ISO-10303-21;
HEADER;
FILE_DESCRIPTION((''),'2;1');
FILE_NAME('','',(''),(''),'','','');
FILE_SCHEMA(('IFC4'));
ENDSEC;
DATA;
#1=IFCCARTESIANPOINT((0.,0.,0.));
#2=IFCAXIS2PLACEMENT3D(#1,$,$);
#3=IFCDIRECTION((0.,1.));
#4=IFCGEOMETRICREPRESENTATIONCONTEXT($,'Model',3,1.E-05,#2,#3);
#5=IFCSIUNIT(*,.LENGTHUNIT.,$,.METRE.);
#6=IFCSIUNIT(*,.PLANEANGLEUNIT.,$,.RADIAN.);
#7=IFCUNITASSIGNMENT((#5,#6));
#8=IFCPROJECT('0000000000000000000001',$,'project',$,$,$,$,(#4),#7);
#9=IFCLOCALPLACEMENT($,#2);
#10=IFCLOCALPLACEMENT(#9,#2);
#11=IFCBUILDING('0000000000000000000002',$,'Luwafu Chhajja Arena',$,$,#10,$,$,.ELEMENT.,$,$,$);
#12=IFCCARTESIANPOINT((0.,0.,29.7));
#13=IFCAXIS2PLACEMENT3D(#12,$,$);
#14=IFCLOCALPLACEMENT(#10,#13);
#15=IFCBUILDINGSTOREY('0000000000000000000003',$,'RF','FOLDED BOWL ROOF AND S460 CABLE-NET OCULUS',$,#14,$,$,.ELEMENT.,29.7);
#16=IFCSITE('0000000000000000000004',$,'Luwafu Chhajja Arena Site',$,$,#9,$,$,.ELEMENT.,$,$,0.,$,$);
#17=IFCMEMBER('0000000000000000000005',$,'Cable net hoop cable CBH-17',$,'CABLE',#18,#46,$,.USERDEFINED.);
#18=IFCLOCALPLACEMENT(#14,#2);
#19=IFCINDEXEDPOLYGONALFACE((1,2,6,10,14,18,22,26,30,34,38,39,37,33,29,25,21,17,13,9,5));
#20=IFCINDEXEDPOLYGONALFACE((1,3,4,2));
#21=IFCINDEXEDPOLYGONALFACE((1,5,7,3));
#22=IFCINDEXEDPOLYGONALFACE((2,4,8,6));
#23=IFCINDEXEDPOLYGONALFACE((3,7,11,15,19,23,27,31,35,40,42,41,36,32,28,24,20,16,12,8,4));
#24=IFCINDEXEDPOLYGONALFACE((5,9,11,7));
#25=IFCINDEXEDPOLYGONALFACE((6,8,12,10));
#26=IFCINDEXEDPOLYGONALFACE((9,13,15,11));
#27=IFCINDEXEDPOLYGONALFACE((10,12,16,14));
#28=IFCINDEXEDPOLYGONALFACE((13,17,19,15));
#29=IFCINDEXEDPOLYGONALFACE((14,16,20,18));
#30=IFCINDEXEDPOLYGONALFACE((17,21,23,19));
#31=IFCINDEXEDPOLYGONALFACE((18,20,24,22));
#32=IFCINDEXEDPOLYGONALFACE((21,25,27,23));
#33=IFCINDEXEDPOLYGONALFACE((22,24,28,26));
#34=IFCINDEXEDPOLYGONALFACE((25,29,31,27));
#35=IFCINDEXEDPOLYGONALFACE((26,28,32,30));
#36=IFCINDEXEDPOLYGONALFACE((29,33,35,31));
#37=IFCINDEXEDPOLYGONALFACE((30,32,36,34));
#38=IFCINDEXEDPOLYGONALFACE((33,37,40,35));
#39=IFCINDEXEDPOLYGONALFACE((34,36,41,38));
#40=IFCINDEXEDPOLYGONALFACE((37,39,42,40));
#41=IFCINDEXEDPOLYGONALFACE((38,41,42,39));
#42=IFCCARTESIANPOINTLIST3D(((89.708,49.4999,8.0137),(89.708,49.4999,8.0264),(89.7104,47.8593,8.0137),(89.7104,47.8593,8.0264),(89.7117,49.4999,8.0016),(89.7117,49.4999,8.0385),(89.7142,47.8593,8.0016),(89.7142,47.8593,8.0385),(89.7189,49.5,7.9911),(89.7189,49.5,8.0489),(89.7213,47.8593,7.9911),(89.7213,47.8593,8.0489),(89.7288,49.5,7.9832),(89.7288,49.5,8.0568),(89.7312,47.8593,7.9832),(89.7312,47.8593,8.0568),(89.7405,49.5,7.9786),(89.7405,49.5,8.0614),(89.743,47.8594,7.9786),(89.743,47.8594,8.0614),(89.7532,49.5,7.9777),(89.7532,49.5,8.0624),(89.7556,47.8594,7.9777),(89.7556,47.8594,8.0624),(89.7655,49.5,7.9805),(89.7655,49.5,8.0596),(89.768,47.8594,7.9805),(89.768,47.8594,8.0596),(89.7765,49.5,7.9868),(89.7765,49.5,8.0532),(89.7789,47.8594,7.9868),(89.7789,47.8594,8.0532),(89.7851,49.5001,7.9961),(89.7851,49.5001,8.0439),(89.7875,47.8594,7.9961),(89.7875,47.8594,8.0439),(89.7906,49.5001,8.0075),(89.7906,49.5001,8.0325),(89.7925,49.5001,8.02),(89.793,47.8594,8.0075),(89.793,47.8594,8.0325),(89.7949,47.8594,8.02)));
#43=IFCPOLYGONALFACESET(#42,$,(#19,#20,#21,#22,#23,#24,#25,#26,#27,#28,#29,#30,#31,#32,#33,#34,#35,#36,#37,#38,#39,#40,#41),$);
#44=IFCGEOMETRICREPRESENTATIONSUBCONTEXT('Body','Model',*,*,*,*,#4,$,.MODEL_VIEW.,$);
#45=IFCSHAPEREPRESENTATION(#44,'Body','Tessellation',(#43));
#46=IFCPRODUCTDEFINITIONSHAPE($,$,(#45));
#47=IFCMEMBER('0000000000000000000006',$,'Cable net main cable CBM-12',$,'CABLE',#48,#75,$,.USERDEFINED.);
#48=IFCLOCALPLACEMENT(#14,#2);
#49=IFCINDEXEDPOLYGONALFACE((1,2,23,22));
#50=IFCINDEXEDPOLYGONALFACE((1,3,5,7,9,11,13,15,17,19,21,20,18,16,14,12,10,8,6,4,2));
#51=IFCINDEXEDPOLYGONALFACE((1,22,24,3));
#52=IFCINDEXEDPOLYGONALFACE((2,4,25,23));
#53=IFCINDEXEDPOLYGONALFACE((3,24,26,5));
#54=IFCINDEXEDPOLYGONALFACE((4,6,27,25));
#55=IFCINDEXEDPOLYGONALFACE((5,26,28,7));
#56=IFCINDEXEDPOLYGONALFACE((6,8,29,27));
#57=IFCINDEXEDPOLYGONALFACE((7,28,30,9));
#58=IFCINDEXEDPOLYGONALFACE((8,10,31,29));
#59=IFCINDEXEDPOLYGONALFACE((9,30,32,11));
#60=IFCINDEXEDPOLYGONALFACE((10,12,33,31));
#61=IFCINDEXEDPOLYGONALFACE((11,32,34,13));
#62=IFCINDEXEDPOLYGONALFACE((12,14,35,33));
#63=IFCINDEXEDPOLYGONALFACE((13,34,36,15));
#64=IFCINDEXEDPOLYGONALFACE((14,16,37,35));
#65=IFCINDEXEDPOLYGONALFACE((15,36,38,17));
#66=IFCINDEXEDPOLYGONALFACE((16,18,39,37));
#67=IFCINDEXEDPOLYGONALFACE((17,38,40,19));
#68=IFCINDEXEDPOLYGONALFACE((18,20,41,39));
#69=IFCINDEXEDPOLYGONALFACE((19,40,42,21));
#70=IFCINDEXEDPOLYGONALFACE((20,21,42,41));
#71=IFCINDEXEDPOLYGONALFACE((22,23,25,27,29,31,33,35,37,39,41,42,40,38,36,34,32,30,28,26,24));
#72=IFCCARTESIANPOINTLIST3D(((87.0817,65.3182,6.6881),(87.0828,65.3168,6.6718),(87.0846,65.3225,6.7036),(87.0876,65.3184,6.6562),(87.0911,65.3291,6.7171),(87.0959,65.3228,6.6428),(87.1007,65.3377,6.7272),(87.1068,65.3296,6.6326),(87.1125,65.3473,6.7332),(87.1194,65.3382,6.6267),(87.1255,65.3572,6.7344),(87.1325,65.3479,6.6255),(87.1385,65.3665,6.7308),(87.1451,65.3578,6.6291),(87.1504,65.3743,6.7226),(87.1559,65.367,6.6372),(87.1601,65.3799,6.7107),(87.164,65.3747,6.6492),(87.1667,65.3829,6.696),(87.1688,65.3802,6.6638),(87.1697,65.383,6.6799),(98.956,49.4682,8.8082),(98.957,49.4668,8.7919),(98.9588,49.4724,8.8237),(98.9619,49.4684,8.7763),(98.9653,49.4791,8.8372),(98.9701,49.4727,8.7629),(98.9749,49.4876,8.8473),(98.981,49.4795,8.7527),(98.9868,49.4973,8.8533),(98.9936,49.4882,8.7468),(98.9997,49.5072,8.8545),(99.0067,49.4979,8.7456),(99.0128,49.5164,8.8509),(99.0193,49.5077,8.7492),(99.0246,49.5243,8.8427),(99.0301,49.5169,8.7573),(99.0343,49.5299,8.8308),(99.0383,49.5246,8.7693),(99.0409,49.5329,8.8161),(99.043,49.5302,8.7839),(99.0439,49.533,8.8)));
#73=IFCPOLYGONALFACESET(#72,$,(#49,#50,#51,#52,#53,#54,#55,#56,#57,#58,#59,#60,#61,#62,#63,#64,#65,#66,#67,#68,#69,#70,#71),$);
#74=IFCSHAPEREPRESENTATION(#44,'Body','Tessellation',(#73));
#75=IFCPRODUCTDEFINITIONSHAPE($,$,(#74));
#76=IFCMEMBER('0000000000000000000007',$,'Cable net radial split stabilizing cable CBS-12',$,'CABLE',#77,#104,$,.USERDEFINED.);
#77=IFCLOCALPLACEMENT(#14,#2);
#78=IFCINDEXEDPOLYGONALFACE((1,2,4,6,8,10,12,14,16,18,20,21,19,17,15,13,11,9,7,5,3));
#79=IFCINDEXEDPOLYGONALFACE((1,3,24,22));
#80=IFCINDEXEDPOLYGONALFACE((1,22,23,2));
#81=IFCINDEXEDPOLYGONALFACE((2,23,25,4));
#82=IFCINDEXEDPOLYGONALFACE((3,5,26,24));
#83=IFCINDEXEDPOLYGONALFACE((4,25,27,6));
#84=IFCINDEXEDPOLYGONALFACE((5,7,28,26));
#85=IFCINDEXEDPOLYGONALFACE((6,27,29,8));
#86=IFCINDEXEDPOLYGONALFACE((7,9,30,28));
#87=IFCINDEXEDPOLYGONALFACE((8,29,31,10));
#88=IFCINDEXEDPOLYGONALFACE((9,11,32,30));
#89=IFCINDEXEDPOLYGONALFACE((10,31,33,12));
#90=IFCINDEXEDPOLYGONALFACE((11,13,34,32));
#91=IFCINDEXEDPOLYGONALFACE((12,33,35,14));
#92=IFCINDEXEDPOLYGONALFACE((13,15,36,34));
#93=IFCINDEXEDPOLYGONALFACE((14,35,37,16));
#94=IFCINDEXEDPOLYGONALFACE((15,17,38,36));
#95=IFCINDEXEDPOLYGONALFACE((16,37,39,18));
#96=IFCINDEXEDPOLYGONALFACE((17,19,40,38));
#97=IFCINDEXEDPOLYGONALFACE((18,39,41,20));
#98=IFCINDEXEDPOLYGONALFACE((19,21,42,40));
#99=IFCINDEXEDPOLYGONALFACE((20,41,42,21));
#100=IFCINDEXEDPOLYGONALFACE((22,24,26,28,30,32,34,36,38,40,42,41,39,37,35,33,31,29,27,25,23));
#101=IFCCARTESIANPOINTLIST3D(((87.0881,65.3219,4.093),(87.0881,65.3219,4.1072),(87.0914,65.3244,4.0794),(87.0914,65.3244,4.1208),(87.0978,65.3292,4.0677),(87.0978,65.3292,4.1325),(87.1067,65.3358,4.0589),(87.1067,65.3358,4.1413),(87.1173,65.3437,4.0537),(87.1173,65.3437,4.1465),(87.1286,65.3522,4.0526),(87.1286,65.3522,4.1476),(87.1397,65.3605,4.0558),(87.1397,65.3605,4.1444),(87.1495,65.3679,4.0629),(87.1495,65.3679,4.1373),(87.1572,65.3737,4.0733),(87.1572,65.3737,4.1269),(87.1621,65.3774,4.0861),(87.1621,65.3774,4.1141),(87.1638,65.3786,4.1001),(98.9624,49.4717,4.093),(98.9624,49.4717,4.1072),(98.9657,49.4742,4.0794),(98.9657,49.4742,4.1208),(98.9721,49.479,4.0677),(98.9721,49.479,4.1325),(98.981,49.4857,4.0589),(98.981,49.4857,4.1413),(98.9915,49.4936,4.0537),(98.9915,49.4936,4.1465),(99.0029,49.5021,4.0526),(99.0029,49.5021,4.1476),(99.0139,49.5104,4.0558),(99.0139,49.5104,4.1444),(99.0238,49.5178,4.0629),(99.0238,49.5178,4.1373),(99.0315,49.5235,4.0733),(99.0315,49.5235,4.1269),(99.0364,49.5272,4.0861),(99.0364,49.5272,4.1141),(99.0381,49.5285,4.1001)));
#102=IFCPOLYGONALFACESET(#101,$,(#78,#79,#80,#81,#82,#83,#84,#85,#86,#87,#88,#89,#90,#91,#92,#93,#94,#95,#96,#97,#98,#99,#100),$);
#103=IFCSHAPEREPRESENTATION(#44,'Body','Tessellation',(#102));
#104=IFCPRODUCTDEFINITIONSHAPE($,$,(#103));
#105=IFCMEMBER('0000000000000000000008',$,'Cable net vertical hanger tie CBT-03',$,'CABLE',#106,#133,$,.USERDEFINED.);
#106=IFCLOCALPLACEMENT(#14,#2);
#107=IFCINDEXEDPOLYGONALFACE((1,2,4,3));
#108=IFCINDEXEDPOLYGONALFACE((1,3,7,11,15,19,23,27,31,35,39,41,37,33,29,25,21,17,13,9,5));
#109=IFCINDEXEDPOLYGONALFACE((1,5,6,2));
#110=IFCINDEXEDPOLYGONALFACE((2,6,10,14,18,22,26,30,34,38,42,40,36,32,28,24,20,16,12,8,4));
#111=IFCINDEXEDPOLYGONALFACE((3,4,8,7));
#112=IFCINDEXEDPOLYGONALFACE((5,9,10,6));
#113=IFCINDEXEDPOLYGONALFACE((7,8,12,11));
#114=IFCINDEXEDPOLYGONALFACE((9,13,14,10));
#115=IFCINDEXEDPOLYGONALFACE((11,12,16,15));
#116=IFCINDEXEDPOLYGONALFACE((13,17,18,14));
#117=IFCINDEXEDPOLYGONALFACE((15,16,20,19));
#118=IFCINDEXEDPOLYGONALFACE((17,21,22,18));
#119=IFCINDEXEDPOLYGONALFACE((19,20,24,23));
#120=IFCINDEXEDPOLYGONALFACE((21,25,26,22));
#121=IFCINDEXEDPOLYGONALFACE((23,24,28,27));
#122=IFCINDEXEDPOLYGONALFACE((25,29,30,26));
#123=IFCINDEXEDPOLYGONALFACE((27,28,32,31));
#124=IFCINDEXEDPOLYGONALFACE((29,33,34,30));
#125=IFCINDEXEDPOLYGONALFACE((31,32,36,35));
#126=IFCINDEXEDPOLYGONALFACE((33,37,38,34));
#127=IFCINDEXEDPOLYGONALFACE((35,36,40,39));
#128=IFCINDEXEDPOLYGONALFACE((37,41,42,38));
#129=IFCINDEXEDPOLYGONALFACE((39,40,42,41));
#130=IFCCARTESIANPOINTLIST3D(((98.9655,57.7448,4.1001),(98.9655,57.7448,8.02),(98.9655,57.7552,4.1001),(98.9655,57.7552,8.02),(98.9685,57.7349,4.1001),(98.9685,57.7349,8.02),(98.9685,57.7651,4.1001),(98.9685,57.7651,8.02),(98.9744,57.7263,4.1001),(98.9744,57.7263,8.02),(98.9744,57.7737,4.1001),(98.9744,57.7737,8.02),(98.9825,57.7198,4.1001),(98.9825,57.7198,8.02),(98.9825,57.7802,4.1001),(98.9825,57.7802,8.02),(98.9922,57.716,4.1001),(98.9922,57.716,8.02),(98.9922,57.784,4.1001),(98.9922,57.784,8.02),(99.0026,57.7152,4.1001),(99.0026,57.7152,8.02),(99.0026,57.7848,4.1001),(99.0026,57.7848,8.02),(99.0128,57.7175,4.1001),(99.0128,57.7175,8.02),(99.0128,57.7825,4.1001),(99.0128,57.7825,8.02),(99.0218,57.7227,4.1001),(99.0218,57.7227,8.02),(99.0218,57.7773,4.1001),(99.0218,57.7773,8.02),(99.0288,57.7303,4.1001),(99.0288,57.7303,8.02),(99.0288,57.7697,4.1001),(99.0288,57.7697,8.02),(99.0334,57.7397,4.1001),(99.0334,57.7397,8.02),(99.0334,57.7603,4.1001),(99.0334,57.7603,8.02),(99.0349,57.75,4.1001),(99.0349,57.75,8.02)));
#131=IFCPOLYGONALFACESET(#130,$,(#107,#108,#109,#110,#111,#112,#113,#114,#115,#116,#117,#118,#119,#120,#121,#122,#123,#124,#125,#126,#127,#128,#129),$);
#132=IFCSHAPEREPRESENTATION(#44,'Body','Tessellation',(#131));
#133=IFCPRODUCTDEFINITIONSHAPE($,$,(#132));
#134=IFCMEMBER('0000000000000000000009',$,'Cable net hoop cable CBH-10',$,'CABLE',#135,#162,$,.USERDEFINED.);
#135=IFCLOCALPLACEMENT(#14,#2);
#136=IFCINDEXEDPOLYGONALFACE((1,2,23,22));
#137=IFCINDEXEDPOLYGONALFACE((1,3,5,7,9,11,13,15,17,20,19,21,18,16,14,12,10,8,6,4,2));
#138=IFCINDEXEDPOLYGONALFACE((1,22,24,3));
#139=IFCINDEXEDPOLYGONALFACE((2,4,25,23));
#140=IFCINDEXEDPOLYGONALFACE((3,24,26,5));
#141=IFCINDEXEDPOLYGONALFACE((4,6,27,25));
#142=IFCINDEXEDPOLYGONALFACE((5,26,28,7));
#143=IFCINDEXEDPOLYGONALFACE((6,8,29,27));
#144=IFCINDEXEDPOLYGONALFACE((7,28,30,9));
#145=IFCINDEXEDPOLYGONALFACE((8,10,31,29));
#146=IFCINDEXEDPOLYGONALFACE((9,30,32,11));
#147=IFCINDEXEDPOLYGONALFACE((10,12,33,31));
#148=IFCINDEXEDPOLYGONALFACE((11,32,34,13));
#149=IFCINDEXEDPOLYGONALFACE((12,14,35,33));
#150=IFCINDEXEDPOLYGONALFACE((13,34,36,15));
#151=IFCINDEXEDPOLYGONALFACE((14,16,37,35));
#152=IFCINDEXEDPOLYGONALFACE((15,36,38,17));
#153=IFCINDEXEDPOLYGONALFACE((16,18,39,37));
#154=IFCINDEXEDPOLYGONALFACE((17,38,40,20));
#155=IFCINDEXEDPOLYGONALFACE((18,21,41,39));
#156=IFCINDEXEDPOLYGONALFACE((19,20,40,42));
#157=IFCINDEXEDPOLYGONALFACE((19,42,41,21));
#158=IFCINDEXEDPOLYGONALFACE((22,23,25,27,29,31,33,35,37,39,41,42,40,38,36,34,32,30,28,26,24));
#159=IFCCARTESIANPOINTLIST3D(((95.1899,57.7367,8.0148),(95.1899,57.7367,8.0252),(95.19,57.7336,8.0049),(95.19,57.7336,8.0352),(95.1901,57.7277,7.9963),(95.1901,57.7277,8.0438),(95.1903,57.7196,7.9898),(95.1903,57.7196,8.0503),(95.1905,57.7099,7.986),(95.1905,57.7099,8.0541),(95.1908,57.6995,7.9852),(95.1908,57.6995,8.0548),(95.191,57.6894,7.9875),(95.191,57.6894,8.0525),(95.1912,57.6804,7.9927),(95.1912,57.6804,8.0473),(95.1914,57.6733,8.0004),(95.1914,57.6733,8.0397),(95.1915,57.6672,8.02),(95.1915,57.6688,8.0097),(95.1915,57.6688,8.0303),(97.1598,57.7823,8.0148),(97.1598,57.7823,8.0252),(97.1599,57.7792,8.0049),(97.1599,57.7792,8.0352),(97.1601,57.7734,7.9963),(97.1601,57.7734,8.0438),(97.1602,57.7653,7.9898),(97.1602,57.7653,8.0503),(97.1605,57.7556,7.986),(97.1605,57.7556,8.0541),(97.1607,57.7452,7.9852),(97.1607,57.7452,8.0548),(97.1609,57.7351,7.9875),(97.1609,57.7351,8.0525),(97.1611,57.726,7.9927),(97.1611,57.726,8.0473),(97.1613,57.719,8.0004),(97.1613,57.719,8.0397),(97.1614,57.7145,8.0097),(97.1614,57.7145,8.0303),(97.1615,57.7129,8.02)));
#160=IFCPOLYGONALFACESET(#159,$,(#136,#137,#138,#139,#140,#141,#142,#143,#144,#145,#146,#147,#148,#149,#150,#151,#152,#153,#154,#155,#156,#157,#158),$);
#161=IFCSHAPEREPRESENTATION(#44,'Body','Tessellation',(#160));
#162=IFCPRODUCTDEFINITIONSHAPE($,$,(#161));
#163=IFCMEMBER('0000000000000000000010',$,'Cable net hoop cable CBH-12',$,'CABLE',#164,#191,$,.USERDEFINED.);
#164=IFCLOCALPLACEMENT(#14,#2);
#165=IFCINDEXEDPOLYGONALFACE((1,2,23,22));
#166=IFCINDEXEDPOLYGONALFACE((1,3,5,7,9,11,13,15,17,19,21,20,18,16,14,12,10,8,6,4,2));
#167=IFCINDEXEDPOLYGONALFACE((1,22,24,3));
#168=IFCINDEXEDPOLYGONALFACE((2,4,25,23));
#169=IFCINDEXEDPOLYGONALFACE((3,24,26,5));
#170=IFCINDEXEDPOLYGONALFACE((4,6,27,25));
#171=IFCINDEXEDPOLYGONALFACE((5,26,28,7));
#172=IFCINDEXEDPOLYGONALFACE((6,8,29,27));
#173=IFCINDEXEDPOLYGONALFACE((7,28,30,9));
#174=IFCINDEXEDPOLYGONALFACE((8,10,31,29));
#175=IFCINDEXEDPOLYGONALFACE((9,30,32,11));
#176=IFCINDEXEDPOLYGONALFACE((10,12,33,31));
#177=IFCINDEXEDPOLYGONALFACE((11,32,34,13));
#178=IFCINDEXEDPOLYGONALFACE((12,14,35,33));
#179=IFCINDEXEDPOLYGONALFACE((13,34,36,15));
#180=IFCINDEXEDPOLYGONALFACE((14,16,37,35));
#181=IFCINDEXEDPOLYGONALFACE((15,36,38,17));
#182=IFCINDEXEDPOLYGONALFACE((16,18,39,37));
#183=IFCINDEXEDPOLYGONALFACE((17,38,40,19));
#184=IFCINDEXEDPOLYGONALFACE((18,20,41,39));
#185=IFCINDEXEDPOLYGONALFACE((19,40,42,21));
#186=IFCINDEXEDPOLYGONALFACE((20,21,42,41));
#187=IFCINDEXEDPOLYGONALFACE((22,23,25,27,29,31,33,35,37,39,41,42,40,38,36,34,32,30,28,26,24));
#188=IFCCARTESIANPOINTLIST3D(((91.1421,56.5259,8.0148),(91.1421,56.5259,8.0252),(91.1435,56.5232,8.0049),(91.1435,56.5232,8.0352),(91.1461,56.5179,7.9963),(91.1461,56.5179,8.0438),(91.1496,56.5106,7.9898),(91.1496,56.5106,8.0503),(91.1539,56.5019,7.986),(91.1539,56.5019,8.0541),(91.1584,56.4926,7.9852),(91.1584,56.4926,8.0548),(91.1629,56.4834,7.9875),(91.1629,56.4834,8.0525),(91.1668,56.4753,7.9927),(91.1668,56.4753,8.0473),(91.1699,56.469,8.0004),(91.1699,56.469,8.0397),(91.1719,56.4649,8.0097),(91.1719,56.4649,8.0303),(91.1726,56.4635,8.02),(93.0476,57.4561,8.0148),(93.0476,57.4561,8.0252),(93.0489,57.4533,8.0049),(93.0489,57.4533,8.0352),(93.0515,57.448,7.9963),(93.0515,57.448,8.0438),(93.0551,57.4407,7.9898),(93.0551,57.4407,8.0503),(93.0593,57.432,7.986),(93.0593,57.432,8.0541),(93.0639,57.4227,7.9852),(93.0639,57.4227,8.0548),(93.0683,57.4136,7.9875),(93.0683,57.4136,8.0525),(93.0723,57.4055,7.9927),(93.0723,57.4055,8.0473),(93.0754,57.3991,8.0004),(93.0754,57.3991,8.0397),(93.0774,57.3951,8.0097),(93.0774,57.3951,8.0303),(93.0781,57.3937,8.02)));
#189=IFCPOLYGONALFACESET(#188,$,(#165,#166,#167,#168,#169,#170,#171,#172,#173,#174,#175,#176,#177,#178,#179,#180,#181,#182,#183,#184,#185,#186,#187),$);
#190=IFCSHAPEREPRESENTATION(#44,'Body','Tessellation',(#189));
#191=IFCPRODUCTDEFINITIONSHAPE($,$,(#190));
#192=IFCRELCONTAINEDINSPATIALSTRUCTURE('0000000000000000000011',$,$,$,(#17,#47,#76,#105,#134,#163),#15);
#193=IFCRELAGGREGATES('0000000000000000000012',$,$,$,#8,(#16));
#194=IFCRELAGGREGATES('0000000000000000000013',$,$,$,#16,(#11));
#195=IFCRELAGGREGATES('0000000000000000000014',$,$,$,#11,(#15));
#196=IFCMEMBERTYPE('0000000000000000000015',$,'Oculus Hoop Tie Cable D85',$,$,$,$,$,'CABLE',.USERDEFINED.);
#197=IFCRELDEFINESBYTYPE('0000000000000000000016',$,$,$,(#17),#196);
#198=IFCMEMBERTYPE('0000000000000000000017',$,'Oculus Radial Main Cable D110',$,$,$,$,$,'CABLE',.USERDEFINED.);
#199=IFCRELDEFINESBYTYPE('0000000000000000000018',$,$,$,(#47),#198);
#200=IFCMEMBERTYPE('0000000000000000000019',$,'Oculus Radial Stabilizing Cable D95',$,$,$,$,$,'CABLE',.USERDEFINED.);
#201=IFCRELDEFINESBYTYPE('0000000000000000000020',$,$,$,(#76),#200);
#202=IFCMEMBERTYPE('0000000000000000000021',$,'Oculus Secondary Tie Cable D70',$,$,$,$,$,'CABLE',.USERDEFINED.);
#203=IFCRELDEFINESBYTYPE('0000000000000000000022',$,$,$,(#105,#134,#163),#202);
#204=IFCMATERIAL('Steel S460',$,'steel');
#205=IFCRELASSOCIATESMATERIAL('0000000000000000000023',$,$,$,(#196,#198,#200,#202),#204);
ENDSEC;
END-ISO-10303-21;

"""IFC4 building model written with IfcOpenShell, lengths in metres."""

from ifc_helpers import new_model, si_unit, direction, frame, origin, origin_2d, place, context, subcontext, project, spatial, circle, extrude, material, material_profile, profile_set, type_object, element, save


model = new_model("IFC4")

# Units and contexts
model_context = context("Model", 3, precision=1e-05, world=origin(), true_north=direction((0.0, 1.0)))
body_context = subcontext(model_context, "Body", "Model", "MODEL_VIEW")
ifc_project = project(units=[si_unit("LENGTHUNIT", "METRE"), si_unit("PLANEANGLEUNIT", "RADIAN")], contexts=[model_context])

# Site, building, storey
site_placement = place(None, origin())
site = spatial("IfcSite", under=ifc_project, at=site_placement, Name="Luwafu Chhajja Arena Site", CompositionType="ELEMENT", RefElevation=0.0)
building_placement = place(site_placement, origin())
building = spatial("IfcBuilding", under=site, at=building_placement, Name="Luwafu Chhajja Arena", CompositionType="ELEMENT")
storey_placement = place(building_placement, frame((0.0, 0.0, 29.7)))
storey = spatial("IfcBuildingStorey", under=building, at=storey_placement, Name="RF", Description="FOLDED BOWL ROOF AND S460 CABLE-NET OCULUS", CompositionType="ELEMENT", Elevation=29.7)

# Members
ifc_material_1 = material(Name="Steel S460", Category="steel")
ifc_material_profile_1 = material_profile(ifc_material_1, circle(Radius=0.0425, at=origin_2d()), Name="CABLE D85")
ifc_profile_set_1 = profile_set([ifc_material_profile_1], Name="Steel S460")
member_type_1 = type_object("IfcMemberType", Name="Oculus Hoop Tie Cable D85", ElementType="CABLE", PredefinedType="USERDEFINED", material=ifc_profile_set_1)
member_1_placement = place(storey_placement, frame((89.75, 49.5, 8.02), z_axis=(0.001488, -0.999999, 0.0), x_axis=(0.999999, 0.001488, 0.0)))
element("IfcMember", 1, at=member_1_placement, inside=storey, type_object=member_type_1, Name="Cable net hoop cable CBH-17", ObjectType="CABLE", PredefinedType="USERDEFINED", context=body_context, shape_type="SweptSolid", body=[
    extrude(circle(Radius=0.0425, at=origin_2d()), origin(), (0.0, 0.0, 1.0), 1.6406),
])
ifc_material_profile_2 = material_profile(ifc_material_1, circle(Radius=0.0549, at=origin_2d()), Name="CABLE D110")
ifc_profile_set_2 = profile_set([ifc_material_profile_2], Name="Steel S460")
member_type_2 = type_object("IfcMemberType", Name="Oculus Radial Main Cable D110", ElementType="CABLE", PredefinedType="USERDEFINED", material=ifc_profile_set_2)
member_2_placement = place(storey_placement, frame((87.1257, 65.3501, 6.6799), z_axis=(0.596164, -0.795776, 0.106443), x_axis=(0.800322, 0.59957, 0.0)))
element("IfcMember", 2, at=member_2_placement, inside=storey, type_object=member_type_2, Name="Cable net main cable CBM-12", ObjectType="CABLE", PredefinedType="USERDEFINED", context=body_context, shape_type="SweptSolid", body=[
    extrude(circle(Radius=0.0549, at=origin_2d()), origin(), (0.0, 0.0, 1.0), 19.9177),
])
ifc_material_profile_3 = material_profile(ifc_material_1, circle(Radius=0.0476, at=origin_2d()), Name="CABLE D95")
ifc_profile_set_3 = profile_set([ifc_material_profile_3], Name="Steel S460")
member_type_3 = type_object("IfcMemberType", Name="Oculus Radial Stabilizing Cable D95", ElementType="CABLE", PredefinedType="USERDEFINED", material=ifc_profile_set_3)
member_3_placement = place(storey_placement, frame((87.1257, 65.3501, 4.1001), z_axis=(0.59957, -0.800322, 0.0), x_axis=(0.800322, 0.59957, 0.0)))
element("IfcMember", 3, at=member_3_placement, inside=storey, type_object=member_type_3, Name="Cable net radial split stabilizing cable CBS-12", ObjectType="CABLE", PredefinedType="USERDEFINED", context=body_context, shape_type="SweptSolid", body=[
    extrude(circle(Radius=0.0476, at=origin_2d()), origin(), (0.0, 0.0, 1.0), 19.8047),
])
ifc_material_profile_4 = material_profile(ifc_material_1, circle(Radius=0.0349, at=origin_2d()), Name="CABLE D70")
ifc_profile_set_4 = profile_set([ifc_material_profile_4], Name="Steel S460")
member_type_4 = type_object("IfcMemberType", Name="Oculus Secondary Tie Cable D70", ElementType="CABLE", PredefinedType="USERDEFINED", material=ifc_profile_set_4)
member_4_placement = place(storey_placement, frame((99.0, 57.75, 4.1001), z_axis=(0.0, 0.0, 1.0), x_axis=(1.0, 0.0, 0.0)))
element("IfcMember", 4, at=member_4_placement, inside=storey, type_object=member_type_4, Name="Cable net vertical hanger tie CBT-03", ObjectType="CABLE", PredefinedType="USERDEFINED", context=body_context, shape_type="SweptSolid", body=[
    extrude(circle(Radius=0.0349, at=origin_2d()), origin(), (0.0, 0.0, 1.0), 3.9199),
])
member_5_placement = place(storey_placement, frame((97.1606, 57.7478, 8.02), z_axis=(-0.999732, -0.023169, 0.0), x_axis=(0.023169, -0.999732, 0.0)))
element("IfcMember", 5, at=member_5_placement, inside=storey, type_object=member_type_4, Name="Cable net hoop cable CBH-10", ObjectType="CABLE", PredefinedType="USERDEFINED", context=body_context, shape_type="SweptSolid", body=[
    extrude(circle(Radius=0.0349, at=origin_2d()), origin(), (0.0, 0.0, 1.0), 1.9705),
])
member_6_placement = place(storey_placement, frame((93.0627, 57.425, 8.02), z_axis=(-0.898647, -0.438673, 0.0), x_axis=(0.438673, -0.898647, 0.0)))
element("IfcMember", 6, at=member_6_placement, inside=storey, type_object=member_type_4, Name="Cable net hoop cable CBH-12", ObjectType="CABLE", PredefinedType="USERDEFINED", context=body_context, shape_type="SweptSolid", body=[
    extrude(circle(Radius=0.0349, at=origin_2d()), origin(), (0.0, 0.0, 1.0), 2.1204),
])

save(model, "model.ifc")
